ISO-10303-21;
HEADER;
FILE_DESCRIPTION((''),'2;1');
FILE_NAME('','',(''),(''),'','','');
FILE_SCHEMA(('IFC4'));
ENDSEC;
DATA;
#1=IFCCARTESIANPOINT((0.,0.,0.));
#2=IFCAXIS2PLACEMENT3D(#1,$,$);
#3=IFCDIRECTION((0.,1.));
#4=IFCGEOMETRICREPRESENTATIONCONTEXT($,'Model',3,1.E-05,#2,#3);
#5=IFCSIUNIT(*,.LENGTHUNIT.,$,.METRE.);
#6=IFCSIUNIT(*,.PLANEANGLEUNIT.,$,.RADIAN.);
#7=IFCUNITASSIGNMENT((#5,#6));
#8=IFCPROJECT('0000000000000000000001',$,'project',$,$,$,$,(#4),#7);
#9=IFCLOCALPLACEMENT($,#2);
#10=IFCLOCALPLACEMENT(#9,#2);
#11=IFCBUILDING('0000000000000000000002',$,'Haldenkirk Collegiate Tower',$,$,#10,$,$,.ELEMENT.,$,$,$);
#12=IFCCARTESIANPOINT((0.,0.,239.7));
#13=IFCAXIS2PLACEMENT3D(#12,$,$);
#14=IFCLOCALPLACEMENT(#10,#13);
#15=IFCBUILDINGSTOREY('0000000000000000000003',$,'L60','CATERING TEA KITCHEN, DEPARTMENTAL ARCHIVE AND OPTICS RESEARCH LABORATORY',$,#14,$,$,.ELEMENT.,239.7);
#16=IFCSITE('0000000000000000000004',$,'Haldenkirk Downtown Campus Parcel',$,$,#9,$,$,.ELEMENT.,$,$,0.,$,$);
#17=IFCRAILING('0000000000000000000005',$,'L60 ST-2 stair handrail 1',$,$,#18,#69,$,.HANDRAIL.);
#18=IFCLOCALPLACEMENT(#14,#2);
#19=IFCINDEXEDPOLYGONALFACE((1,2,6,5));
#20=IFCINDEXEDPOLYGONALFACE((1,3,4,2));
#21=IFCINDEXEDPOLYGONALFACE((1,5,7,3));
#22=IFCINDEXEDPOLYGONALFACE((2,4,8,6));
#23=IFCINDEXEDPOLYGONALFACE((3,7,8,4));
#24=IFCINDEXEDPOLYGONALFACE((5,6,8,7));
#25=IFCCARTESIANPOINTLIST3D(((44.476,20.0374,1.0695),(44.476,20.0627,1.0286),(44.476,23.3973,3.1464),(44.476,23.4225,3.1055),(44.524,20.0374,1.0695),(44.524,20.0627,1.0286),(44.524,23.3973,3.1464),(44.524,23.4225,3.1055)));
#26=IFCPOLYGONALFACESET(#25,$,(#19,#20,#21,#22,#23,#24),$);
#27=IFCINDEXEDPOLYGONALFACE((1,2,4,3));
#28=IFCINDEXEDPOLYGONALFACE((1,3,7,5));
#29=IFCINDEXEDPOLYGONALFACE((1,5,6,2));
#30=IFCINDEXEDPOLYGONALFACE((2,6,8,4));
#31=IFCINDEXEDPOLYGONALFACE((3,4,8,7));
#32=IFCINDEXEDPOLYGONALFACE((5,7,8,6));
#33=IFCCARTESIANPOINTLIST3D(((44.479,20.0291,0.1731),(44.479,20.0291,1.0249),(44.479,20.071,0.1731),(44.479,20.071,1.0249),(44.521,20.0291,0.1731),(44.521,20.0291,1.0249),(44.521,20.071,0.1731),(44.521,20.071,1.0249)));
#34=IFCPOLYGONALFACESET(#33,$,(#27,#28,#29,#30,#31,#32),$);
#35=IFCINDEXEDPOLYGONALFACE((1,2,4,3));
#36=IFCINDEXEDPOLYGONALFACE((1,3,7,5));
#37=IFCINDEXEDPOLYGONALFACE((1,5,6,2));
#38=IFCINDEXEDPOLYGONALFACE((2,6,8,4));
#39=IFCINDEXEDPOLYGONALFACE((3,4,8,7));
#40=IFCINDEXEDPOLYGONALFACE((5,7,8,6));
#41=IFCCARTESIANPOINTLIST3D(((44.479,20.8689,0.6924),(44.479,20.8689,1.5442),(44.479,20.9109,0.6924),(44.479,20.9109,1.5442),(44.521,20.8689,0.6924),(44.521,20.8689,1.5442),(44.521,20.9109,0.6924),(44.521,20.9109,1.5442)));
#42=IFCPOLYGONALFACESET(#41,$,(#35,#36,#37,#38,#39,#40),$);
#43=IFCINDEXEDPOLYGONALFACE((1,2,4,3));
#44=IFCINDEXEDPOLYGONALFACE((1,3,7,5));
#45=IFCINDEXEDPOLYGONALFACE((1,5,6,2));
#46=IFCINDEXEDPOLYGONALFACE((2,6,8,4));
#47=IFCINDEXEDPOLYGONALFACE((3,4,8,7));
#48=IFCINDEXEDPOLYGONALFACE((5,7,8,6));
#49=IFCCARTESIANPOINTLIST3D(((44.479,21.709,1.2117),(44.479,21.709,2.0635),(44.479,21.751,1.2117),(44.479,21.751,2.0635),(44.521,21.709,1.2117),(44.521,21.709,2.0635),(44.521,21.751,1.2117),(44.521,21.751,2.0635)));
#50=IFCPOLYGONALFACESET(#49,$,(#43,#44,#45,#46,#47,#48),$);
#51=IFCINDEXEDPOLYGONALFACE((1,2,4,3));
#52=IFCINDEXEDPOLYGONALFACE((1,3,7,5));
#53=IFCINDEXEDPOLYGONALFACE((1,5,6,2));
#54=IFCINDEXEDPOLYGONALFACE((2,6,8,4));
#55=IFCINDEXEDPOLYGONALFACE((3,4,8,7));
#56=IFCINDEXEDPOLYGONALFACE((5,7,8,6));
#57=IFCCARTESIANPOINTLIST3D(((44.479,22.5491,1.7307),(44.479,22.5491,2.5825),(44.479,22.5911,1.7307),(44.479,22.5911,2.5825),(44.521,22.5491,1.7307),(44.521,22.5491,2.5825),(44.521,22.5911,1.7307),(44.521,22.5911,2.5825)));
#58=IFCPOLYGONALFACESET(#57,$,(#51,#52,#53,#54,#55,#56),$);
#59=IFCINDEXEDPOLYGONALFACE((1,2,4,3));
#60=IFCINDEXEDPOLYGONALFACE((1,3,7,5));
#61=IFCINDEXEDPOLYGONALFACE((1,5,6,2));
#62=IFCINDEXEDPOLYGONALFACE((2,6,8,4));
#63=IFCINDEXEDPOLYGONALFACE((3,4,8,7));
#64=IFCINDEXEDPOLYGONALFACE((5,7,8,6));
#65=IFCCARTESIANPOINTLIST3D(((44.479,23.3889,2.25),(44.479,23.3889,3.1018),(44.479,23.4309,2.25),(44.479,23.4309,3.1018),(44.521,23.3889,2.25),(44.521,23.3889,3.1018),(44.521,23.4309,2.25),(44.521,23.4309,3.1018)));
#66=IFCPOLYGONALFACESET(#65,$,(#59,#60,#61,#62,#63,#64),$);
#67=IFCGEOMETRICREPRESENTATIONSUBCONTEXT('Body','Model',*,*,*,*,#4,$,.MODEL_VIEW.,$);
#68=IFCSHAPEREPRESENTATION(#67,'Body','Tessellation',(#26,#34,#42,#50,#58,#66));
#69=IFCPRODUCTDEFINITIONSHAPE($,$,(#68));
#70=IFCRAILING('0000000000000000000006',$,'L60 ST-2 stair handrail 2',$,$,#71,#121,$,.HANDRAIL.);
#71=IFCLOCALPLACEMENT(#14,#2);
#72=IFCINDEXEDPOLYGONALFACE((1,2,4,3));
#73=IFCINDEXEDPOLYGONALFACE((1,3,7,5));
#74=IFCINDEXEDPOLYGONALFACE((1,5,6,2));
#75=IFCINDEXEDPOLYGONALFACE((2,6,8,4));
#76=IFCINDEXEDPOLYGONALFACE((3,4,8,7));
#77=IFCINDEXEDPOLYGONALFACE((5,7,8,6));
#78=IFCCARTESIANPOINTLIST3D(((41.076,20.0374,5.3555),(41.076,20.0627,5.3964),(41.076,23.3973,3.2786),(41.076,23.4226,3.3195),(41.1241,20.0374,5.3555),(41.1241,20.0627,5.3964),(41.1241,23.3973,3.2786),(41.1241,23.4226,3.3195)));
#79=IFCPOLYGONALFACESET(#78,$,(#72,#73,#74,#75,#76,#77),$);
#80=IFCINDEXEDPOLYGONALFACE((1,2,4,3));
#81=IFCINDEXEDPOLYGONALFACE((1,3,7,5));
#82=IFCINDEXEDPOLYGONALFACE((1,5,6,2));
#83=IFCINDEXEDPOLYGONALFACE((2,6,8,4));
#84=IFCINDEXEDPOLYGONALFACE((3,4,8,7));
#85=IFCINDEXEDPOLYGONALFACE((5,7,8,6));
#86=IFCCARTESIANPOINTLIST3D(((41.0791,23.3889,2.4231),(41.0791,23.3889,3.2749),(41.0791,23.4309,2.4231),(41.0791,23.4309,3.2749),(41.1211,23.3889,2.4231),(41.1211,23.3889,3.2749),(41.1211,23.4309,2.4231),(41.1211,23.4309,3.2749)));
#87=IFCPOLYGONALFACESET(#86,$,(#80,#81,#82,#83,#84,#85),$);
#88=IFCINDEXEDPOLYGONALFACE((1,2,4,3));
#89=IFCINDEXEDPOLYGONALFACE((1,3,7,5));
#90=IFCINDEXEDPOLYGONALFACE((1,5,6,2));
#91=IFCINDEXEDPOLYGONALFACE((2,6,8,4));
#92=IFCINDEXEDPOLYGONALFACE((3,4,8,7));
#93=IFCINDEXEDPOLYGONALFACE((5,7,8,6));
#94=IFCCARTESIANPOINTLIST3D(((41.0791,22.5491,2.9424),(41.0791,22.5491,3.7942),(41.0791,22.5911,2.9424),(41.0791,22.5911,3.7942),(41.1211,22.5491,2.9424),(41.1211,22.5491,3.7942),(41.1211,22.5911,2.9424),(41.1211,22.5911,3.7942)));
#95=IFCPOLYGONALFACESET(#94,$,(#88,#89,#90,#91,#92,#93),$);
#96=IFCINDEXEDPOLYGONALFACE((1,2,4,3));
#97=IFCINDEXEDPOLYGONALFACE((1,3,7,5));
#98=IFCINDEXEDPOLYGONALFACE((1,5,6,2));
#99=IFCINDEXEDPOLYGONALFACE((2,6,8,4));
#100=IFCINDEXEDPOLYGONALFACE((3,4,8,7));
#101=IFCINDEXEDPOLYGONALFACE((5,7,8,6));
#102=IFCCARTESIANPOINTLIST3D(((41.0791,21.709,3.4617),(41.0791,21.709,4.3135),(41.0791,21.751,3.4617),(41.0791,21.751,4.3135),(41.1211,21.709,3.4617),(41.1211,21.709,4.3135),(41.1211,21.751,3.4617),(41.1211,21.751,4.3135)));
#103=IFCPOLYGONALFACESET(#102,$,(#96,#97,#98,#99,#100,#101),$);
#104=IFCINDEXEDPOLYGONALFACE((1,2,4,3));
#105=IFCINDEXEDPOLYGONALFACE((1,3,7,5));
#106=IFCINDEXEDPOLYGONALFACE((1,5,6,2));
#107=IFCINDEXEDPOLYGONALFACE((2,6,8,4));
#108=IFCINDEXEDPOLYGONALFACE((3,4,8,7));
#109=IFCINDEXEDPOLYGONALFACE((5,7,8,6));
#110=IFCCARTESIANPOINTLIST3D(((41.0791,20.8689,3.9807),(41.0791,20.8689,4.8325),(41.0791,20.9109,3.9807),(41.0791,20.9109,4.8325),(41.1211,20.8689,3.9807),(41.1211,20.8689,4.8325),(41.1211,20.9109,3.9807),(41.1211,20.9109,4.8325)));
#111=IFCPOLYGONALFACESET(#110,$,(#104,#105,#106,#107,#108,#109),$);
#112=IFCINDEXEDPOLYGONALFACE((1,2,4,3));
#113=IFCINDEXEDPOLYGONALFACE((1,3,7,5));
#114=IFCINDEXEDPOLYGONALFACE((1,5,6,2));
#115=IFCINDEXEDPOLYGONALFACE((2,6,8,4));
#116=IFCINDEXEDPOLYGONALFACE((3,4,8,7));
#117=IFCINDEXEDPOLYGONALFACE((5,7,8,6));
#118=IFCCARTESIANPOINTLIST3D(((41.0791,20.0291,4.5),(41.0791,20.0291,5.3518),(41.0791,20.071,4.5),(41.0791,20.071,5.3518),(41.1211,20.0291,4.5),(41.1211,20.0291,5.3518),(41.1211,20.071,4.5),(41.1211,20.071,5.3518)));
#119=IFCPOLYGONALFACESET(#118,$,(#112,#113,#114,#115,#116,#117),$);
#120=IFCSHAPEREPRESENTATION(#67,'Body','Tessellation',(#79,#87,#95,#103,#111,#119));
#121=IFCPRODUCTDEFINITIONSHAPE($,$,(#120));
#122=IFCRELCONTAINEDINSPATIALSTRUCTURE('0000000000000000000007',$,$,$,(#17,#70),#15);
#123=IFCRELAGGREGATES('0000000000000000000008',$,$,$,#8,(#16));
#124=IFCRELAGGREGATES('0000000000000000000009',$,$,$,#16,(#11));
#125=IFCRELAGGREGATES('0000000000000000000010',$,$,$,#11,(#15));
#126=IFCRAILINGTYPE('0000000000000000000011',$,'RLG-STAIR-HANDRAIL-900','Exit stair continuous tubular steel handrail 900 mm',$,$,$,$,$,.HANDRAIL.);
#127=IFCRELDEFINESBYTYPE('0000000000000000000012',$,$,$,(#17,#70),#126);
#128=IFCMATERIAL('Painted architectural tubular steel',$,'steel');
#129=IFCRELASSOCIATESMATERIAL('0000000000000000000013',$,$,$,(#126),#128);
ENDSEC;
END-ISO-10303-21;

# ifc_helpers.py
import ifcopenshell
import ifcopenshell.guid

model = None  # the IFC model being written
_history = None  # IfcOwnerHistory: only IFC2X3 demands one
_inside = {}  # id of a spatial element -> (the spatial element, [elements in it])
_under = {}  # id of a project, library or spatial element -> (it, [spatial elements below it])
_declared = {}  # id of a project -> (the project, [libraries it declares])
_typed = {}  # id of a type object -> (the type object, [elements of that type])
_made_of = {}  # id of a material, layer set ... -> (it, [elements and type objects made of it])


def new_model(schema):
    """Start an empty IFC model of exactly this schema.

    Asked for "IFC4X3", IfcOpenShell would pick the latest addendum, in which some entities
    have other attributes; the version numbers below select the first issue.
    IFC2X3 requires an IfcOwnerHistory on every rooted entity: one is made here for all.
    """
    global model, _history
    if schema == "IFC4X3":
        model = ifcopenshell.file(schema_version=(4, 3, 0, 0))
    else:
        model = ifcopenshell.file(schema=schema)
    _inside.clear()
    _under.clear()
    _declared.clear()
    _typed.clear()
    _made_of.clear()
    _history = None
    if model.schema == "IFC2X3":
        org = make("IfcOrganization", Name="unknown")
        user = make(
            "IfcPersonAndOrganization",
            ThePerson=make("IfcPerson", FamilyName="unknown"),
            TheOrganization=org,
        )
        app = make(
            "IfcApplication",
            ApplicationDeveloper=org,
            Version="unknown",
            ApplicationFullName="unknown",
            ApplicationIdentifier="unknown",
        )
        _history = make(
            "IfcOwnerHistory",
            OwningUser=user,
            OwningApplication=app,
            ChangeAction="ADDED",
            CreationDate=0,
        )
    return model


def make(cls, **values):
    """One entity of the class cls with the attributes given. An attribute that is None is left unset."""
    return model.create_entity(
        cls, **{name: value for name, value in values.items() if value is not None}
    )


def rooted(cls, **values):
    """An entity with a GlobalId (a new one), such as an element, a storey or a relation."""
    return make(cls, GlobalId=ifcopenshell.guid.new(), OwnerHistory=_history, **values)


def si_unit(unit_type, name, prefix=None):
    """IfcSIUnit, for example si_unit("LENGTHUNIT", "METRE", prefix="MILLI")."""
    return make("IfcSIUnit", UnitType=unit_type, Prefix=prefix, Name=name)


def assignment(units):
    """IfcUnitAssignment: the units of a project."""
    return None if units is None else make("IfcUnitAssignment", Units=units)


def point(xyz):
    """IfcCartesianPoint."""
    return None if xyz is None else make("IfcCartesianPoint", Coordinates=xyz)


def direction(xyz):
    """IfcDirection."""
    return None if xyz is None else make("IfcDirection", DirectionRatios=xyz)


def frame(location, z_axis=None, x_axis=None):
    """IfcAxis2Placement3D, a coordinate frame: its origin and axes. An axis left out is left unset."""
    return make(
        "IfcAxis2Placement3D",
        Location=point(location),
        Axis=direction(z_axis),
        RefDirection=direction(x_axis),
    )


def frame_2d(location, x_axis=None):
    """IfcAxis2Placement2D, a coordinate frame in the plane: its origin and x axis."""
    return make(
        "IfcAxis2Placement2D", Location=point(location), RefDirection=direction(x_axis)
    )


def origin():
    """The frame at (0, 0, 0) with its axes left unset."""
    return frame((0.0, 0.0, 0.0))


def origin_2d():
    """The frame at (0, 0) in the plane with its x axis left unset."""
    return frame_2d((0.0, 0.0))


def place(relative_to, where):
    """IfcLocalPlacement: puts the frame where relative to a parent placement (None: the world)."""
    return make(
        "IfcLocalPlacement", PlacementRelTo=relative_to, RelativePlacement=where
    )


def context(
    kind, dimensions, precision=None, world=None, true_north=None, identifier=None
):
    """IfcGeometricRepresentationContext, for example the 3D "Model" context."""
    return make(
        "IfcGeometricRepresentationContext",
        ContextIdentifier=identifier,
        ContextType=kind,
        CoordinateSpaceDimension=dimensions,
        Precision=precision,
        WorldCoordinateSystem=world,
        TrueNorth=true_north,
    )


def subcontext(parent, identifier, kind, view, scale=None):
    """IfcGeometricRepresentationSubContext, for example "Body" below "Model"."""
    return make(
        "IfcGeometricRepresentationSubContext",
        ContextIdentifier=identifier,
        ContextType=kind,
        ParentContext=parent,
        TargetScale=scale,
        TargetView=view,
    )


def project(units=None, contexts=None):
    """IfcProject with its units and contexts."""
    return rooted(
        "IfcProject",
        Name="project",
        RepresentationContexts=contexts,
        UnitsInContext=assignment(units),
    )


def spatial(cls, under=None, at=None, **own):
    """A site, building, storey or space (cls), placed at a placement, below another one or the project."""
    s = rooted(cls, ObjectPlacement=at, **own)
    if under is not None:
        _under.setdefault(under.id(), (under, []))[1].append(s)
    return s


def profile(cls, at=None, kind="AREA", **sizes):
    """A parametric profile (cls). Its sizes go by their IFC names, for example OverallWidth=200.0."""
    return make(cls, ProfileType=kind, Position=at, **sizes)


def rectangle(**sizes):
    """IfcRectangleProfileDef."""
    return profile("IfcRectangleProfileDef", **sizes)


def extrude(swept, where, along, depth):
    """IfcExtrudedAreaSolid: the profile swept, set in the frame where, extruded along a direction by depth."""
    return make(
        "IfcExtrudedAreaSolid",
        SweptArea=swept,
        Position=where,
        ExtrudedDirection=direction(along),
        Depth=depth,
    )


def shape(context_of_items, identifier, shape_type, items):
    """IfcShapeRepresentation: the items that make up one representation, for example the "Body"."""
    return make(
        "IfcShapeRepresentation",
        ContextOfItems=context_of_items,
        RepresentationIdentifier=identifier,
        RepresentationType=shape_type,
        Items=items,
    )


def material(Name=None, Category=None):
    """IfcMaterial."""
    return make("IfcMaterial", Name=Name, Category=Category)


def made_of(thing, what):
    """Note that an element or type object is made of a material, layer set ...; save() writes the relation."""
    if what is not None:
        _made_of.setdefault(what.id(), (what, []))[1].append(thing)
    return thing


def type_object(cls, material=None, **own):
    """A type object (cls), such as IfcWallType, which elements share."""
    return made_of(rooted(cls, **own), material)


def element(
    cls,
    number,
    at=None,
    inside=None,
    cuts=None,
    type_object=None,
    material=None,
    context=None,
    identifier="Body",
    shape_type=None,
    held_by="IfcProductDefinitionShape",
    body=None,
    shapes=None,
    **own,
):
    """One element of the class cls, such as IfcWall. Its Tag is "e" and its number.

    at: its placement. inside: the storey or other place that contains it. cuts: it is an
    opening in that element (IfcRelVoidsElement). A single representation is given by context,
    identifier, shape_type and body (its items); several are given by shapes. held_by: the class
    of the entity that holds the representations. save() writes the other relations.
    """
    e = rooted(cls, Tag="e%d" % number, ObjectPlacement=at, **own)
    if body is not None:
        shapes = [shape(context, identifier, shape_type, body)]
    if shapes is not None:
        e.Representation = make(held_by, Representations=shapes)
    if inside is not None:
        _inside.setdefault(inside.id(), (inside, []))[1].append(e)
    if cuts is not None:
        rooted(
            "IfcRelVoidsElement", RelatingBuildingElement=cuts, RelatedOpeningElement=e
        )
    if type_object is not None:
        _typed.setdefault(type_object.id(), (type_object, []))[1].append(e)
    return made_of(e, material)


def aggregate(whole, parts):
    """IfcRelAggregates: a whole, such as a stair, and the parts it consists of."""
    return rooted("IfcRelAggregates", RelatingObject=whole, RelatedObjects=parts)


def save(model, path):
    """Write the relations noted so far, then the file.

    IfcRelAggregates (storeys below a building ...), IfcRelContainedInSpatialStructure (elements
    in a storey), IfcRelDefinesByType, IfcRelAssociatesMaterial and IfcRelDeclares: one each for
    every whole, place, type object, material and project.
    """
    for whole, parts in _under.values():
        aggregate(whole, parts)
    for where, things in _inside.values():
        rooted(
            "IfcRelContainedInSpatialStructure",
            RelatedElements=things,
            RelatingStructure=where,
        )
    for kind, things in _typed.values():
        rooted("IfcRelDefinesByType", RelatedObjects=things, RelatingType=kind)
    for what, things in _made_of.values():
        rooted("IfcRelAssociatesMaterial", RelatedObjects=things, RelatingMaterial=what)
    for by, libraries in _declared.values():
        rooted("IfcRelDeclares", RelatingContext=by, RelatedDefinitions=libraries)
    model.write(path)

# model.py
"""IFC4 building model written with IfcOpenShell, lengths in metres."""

from ifc_helpers import new_model, si_unit, direction, frame, origin, origin_2d, place, context, subcontext, project, spatial, rectangle, extrude, material, type_object, element, save


model = new_model("IFC4")

# Units and contexts
model_context = context("Model", 3, precision=1e-05, world=origin(), true_north=direction((0.0, 1.0)))
body_context = subcontext(model_context, "Body", "Model", "MODEL_VIEW")
ifc_project = project(units=[si_unit("LENGTHUNIT", "METRE"), si_unit("PLANEANGLEUNIT", "RADIAN")], contexts=[model_context])

# Site, building, storey
site_placement = place(None, origin())
site = spatial("IfcSite", under=ifc_project, at=site_placement, Name="Haldenkirk Downtown Campus Parcel", CompositionType="ELEMENT", RefElevation=0.0)
building_placement = place(site_placement, origin())
building = spatial("IfcBuilding", under=site, at=building_placement, Name="Haldenkirk Collegiate Tower", CompositionType="ELEMENT")
storey_placement = place(building_placement, frame((0.0, 0.0, 239.7)))
storey = spatial("IfcBuildingStorey", under=building, at=storey_placement, Name="L60", Description="CATERING TEA KITCHEN, DEPARTMENTAL ARCHIVE AND OPTICS RESEARCH LABORATORY", CompositionType="ELEMENT", Elevation=239.7)

# Railings
ifc_material_1 = material(Name="Painted architectural tubular steel", Category="steel")
railing_type_1 = type_object("IfcRailingType", Name="RLG-STAIR-HANDRAIL-900", Description="Exit stair continuous tubular steel handrail 900 mm", PredefinedType="HANDRAIL", material=ifc_material_1)
railing_1_placement = place(storey_placement, frame((44.5, 20.05, 0.1731)))
element("IfcRailing", 1, at=railing_1_placement, inside=storey, type_object=railing_type_1, Name="L60 ST-2 stair handrail 1", PredefinedType="HANDRAIL", context=body_context, shape_type="SweptSolid", body=[
    extrude(rectangle(XDim=0.0481, YDim=0.0481, at=origin_2d()), frame((0.0, 0.0, 0.876), z_axis=(0.0, 0.850606, 0.525803), x_axis=(-1.0, 0.0, 0.0)), (0.0, 0.0, 1.0), 3.95),
    extrude(rectangle(XDim=0.042, YDim=0.042, at=origin_2d()), origin(), (0.0, 0.0, 1.0), 0.8518),
    extrude(rectangle(XDim=0.042, YDim=0.042, at=origin_2d()), frame((0.0, 0.8398, 0.5193)), (0.0, 0.0, 1.0), 0.8518),
    extrude(rectangle(XDim=0.042, YDim=0.042, at=origin_2d()), frame((0.0, 1.6799, 1.0386)), (0.0, 0.0, 1.0), 0.8518),
    extrude(rectangle(XDim=0.042, YDim=0.042, at=origin_2d()), frame((0.0, 2.52, 1.5576)), (0.0, 0.0, 1.0), 0.8518),
    extrude(rectangle(XDim=0.042, YDim=0.042, at=origin_2d()), frame((0.0, 3.3599, 2.0769)), (0.0, 0.0, 1.0), 0.8518),
])
railing_2_placement = place(storey_placement, frame((41.1001, 23.4099, 2.4231)))
element("IfcRailing", 2, at=railing_2_placement, inside=storey, type_object=railing_type_1, Name="L60 ST-2 stair handrail 2", PredefinedType="HANDRAIL", context=body_context, shape_type="SweptSolid", body=[
    extrude(rectangle(XDim=0.0481, YDim=0.0481, at=origin_2d()), frame((0.0, 0.0, 0.876), z_axis=(0.0, -0.850606, 0.525803), x_axis=(1.0, 0.0, 0.0)), (0.0, 0.0, 1.0), 3.95),
    extrude(rectangle(XDim=0.042, YDim=0.042, at=origin_2d()), origin(), (0.0, 0.0, 1.0), 0.8518),
    extrude(rectangle(XDim=0.042, YDim=0.042, at=origin_2d()), frame((0.0, -0.8398, 0.5193)), (0.0, 0.0, 1.0), 0.8518),
    extrude(rectangle(XDim=0.042, YDim=0.042, at=origin_2d()), frame((0.0, -1.6799, 1.0386)), (0.0, 0.0, 1.0), 0.8518),
    extrude(rectangle(XDim=0.042, YDim=0.042, at=origin_2d()), frame((0.0, -2.52, 1.5576)), (0.0, 0.0, 1.0), 0.8518),
    extrude(rectangle(XDim=0.042, YDim=0.042, at=origin_2d()), frame((0.0, -3.3599, 2.0769)), (0.0, 0.0, 1.0), 0.8518),
])

save(model, "model.ifc")
